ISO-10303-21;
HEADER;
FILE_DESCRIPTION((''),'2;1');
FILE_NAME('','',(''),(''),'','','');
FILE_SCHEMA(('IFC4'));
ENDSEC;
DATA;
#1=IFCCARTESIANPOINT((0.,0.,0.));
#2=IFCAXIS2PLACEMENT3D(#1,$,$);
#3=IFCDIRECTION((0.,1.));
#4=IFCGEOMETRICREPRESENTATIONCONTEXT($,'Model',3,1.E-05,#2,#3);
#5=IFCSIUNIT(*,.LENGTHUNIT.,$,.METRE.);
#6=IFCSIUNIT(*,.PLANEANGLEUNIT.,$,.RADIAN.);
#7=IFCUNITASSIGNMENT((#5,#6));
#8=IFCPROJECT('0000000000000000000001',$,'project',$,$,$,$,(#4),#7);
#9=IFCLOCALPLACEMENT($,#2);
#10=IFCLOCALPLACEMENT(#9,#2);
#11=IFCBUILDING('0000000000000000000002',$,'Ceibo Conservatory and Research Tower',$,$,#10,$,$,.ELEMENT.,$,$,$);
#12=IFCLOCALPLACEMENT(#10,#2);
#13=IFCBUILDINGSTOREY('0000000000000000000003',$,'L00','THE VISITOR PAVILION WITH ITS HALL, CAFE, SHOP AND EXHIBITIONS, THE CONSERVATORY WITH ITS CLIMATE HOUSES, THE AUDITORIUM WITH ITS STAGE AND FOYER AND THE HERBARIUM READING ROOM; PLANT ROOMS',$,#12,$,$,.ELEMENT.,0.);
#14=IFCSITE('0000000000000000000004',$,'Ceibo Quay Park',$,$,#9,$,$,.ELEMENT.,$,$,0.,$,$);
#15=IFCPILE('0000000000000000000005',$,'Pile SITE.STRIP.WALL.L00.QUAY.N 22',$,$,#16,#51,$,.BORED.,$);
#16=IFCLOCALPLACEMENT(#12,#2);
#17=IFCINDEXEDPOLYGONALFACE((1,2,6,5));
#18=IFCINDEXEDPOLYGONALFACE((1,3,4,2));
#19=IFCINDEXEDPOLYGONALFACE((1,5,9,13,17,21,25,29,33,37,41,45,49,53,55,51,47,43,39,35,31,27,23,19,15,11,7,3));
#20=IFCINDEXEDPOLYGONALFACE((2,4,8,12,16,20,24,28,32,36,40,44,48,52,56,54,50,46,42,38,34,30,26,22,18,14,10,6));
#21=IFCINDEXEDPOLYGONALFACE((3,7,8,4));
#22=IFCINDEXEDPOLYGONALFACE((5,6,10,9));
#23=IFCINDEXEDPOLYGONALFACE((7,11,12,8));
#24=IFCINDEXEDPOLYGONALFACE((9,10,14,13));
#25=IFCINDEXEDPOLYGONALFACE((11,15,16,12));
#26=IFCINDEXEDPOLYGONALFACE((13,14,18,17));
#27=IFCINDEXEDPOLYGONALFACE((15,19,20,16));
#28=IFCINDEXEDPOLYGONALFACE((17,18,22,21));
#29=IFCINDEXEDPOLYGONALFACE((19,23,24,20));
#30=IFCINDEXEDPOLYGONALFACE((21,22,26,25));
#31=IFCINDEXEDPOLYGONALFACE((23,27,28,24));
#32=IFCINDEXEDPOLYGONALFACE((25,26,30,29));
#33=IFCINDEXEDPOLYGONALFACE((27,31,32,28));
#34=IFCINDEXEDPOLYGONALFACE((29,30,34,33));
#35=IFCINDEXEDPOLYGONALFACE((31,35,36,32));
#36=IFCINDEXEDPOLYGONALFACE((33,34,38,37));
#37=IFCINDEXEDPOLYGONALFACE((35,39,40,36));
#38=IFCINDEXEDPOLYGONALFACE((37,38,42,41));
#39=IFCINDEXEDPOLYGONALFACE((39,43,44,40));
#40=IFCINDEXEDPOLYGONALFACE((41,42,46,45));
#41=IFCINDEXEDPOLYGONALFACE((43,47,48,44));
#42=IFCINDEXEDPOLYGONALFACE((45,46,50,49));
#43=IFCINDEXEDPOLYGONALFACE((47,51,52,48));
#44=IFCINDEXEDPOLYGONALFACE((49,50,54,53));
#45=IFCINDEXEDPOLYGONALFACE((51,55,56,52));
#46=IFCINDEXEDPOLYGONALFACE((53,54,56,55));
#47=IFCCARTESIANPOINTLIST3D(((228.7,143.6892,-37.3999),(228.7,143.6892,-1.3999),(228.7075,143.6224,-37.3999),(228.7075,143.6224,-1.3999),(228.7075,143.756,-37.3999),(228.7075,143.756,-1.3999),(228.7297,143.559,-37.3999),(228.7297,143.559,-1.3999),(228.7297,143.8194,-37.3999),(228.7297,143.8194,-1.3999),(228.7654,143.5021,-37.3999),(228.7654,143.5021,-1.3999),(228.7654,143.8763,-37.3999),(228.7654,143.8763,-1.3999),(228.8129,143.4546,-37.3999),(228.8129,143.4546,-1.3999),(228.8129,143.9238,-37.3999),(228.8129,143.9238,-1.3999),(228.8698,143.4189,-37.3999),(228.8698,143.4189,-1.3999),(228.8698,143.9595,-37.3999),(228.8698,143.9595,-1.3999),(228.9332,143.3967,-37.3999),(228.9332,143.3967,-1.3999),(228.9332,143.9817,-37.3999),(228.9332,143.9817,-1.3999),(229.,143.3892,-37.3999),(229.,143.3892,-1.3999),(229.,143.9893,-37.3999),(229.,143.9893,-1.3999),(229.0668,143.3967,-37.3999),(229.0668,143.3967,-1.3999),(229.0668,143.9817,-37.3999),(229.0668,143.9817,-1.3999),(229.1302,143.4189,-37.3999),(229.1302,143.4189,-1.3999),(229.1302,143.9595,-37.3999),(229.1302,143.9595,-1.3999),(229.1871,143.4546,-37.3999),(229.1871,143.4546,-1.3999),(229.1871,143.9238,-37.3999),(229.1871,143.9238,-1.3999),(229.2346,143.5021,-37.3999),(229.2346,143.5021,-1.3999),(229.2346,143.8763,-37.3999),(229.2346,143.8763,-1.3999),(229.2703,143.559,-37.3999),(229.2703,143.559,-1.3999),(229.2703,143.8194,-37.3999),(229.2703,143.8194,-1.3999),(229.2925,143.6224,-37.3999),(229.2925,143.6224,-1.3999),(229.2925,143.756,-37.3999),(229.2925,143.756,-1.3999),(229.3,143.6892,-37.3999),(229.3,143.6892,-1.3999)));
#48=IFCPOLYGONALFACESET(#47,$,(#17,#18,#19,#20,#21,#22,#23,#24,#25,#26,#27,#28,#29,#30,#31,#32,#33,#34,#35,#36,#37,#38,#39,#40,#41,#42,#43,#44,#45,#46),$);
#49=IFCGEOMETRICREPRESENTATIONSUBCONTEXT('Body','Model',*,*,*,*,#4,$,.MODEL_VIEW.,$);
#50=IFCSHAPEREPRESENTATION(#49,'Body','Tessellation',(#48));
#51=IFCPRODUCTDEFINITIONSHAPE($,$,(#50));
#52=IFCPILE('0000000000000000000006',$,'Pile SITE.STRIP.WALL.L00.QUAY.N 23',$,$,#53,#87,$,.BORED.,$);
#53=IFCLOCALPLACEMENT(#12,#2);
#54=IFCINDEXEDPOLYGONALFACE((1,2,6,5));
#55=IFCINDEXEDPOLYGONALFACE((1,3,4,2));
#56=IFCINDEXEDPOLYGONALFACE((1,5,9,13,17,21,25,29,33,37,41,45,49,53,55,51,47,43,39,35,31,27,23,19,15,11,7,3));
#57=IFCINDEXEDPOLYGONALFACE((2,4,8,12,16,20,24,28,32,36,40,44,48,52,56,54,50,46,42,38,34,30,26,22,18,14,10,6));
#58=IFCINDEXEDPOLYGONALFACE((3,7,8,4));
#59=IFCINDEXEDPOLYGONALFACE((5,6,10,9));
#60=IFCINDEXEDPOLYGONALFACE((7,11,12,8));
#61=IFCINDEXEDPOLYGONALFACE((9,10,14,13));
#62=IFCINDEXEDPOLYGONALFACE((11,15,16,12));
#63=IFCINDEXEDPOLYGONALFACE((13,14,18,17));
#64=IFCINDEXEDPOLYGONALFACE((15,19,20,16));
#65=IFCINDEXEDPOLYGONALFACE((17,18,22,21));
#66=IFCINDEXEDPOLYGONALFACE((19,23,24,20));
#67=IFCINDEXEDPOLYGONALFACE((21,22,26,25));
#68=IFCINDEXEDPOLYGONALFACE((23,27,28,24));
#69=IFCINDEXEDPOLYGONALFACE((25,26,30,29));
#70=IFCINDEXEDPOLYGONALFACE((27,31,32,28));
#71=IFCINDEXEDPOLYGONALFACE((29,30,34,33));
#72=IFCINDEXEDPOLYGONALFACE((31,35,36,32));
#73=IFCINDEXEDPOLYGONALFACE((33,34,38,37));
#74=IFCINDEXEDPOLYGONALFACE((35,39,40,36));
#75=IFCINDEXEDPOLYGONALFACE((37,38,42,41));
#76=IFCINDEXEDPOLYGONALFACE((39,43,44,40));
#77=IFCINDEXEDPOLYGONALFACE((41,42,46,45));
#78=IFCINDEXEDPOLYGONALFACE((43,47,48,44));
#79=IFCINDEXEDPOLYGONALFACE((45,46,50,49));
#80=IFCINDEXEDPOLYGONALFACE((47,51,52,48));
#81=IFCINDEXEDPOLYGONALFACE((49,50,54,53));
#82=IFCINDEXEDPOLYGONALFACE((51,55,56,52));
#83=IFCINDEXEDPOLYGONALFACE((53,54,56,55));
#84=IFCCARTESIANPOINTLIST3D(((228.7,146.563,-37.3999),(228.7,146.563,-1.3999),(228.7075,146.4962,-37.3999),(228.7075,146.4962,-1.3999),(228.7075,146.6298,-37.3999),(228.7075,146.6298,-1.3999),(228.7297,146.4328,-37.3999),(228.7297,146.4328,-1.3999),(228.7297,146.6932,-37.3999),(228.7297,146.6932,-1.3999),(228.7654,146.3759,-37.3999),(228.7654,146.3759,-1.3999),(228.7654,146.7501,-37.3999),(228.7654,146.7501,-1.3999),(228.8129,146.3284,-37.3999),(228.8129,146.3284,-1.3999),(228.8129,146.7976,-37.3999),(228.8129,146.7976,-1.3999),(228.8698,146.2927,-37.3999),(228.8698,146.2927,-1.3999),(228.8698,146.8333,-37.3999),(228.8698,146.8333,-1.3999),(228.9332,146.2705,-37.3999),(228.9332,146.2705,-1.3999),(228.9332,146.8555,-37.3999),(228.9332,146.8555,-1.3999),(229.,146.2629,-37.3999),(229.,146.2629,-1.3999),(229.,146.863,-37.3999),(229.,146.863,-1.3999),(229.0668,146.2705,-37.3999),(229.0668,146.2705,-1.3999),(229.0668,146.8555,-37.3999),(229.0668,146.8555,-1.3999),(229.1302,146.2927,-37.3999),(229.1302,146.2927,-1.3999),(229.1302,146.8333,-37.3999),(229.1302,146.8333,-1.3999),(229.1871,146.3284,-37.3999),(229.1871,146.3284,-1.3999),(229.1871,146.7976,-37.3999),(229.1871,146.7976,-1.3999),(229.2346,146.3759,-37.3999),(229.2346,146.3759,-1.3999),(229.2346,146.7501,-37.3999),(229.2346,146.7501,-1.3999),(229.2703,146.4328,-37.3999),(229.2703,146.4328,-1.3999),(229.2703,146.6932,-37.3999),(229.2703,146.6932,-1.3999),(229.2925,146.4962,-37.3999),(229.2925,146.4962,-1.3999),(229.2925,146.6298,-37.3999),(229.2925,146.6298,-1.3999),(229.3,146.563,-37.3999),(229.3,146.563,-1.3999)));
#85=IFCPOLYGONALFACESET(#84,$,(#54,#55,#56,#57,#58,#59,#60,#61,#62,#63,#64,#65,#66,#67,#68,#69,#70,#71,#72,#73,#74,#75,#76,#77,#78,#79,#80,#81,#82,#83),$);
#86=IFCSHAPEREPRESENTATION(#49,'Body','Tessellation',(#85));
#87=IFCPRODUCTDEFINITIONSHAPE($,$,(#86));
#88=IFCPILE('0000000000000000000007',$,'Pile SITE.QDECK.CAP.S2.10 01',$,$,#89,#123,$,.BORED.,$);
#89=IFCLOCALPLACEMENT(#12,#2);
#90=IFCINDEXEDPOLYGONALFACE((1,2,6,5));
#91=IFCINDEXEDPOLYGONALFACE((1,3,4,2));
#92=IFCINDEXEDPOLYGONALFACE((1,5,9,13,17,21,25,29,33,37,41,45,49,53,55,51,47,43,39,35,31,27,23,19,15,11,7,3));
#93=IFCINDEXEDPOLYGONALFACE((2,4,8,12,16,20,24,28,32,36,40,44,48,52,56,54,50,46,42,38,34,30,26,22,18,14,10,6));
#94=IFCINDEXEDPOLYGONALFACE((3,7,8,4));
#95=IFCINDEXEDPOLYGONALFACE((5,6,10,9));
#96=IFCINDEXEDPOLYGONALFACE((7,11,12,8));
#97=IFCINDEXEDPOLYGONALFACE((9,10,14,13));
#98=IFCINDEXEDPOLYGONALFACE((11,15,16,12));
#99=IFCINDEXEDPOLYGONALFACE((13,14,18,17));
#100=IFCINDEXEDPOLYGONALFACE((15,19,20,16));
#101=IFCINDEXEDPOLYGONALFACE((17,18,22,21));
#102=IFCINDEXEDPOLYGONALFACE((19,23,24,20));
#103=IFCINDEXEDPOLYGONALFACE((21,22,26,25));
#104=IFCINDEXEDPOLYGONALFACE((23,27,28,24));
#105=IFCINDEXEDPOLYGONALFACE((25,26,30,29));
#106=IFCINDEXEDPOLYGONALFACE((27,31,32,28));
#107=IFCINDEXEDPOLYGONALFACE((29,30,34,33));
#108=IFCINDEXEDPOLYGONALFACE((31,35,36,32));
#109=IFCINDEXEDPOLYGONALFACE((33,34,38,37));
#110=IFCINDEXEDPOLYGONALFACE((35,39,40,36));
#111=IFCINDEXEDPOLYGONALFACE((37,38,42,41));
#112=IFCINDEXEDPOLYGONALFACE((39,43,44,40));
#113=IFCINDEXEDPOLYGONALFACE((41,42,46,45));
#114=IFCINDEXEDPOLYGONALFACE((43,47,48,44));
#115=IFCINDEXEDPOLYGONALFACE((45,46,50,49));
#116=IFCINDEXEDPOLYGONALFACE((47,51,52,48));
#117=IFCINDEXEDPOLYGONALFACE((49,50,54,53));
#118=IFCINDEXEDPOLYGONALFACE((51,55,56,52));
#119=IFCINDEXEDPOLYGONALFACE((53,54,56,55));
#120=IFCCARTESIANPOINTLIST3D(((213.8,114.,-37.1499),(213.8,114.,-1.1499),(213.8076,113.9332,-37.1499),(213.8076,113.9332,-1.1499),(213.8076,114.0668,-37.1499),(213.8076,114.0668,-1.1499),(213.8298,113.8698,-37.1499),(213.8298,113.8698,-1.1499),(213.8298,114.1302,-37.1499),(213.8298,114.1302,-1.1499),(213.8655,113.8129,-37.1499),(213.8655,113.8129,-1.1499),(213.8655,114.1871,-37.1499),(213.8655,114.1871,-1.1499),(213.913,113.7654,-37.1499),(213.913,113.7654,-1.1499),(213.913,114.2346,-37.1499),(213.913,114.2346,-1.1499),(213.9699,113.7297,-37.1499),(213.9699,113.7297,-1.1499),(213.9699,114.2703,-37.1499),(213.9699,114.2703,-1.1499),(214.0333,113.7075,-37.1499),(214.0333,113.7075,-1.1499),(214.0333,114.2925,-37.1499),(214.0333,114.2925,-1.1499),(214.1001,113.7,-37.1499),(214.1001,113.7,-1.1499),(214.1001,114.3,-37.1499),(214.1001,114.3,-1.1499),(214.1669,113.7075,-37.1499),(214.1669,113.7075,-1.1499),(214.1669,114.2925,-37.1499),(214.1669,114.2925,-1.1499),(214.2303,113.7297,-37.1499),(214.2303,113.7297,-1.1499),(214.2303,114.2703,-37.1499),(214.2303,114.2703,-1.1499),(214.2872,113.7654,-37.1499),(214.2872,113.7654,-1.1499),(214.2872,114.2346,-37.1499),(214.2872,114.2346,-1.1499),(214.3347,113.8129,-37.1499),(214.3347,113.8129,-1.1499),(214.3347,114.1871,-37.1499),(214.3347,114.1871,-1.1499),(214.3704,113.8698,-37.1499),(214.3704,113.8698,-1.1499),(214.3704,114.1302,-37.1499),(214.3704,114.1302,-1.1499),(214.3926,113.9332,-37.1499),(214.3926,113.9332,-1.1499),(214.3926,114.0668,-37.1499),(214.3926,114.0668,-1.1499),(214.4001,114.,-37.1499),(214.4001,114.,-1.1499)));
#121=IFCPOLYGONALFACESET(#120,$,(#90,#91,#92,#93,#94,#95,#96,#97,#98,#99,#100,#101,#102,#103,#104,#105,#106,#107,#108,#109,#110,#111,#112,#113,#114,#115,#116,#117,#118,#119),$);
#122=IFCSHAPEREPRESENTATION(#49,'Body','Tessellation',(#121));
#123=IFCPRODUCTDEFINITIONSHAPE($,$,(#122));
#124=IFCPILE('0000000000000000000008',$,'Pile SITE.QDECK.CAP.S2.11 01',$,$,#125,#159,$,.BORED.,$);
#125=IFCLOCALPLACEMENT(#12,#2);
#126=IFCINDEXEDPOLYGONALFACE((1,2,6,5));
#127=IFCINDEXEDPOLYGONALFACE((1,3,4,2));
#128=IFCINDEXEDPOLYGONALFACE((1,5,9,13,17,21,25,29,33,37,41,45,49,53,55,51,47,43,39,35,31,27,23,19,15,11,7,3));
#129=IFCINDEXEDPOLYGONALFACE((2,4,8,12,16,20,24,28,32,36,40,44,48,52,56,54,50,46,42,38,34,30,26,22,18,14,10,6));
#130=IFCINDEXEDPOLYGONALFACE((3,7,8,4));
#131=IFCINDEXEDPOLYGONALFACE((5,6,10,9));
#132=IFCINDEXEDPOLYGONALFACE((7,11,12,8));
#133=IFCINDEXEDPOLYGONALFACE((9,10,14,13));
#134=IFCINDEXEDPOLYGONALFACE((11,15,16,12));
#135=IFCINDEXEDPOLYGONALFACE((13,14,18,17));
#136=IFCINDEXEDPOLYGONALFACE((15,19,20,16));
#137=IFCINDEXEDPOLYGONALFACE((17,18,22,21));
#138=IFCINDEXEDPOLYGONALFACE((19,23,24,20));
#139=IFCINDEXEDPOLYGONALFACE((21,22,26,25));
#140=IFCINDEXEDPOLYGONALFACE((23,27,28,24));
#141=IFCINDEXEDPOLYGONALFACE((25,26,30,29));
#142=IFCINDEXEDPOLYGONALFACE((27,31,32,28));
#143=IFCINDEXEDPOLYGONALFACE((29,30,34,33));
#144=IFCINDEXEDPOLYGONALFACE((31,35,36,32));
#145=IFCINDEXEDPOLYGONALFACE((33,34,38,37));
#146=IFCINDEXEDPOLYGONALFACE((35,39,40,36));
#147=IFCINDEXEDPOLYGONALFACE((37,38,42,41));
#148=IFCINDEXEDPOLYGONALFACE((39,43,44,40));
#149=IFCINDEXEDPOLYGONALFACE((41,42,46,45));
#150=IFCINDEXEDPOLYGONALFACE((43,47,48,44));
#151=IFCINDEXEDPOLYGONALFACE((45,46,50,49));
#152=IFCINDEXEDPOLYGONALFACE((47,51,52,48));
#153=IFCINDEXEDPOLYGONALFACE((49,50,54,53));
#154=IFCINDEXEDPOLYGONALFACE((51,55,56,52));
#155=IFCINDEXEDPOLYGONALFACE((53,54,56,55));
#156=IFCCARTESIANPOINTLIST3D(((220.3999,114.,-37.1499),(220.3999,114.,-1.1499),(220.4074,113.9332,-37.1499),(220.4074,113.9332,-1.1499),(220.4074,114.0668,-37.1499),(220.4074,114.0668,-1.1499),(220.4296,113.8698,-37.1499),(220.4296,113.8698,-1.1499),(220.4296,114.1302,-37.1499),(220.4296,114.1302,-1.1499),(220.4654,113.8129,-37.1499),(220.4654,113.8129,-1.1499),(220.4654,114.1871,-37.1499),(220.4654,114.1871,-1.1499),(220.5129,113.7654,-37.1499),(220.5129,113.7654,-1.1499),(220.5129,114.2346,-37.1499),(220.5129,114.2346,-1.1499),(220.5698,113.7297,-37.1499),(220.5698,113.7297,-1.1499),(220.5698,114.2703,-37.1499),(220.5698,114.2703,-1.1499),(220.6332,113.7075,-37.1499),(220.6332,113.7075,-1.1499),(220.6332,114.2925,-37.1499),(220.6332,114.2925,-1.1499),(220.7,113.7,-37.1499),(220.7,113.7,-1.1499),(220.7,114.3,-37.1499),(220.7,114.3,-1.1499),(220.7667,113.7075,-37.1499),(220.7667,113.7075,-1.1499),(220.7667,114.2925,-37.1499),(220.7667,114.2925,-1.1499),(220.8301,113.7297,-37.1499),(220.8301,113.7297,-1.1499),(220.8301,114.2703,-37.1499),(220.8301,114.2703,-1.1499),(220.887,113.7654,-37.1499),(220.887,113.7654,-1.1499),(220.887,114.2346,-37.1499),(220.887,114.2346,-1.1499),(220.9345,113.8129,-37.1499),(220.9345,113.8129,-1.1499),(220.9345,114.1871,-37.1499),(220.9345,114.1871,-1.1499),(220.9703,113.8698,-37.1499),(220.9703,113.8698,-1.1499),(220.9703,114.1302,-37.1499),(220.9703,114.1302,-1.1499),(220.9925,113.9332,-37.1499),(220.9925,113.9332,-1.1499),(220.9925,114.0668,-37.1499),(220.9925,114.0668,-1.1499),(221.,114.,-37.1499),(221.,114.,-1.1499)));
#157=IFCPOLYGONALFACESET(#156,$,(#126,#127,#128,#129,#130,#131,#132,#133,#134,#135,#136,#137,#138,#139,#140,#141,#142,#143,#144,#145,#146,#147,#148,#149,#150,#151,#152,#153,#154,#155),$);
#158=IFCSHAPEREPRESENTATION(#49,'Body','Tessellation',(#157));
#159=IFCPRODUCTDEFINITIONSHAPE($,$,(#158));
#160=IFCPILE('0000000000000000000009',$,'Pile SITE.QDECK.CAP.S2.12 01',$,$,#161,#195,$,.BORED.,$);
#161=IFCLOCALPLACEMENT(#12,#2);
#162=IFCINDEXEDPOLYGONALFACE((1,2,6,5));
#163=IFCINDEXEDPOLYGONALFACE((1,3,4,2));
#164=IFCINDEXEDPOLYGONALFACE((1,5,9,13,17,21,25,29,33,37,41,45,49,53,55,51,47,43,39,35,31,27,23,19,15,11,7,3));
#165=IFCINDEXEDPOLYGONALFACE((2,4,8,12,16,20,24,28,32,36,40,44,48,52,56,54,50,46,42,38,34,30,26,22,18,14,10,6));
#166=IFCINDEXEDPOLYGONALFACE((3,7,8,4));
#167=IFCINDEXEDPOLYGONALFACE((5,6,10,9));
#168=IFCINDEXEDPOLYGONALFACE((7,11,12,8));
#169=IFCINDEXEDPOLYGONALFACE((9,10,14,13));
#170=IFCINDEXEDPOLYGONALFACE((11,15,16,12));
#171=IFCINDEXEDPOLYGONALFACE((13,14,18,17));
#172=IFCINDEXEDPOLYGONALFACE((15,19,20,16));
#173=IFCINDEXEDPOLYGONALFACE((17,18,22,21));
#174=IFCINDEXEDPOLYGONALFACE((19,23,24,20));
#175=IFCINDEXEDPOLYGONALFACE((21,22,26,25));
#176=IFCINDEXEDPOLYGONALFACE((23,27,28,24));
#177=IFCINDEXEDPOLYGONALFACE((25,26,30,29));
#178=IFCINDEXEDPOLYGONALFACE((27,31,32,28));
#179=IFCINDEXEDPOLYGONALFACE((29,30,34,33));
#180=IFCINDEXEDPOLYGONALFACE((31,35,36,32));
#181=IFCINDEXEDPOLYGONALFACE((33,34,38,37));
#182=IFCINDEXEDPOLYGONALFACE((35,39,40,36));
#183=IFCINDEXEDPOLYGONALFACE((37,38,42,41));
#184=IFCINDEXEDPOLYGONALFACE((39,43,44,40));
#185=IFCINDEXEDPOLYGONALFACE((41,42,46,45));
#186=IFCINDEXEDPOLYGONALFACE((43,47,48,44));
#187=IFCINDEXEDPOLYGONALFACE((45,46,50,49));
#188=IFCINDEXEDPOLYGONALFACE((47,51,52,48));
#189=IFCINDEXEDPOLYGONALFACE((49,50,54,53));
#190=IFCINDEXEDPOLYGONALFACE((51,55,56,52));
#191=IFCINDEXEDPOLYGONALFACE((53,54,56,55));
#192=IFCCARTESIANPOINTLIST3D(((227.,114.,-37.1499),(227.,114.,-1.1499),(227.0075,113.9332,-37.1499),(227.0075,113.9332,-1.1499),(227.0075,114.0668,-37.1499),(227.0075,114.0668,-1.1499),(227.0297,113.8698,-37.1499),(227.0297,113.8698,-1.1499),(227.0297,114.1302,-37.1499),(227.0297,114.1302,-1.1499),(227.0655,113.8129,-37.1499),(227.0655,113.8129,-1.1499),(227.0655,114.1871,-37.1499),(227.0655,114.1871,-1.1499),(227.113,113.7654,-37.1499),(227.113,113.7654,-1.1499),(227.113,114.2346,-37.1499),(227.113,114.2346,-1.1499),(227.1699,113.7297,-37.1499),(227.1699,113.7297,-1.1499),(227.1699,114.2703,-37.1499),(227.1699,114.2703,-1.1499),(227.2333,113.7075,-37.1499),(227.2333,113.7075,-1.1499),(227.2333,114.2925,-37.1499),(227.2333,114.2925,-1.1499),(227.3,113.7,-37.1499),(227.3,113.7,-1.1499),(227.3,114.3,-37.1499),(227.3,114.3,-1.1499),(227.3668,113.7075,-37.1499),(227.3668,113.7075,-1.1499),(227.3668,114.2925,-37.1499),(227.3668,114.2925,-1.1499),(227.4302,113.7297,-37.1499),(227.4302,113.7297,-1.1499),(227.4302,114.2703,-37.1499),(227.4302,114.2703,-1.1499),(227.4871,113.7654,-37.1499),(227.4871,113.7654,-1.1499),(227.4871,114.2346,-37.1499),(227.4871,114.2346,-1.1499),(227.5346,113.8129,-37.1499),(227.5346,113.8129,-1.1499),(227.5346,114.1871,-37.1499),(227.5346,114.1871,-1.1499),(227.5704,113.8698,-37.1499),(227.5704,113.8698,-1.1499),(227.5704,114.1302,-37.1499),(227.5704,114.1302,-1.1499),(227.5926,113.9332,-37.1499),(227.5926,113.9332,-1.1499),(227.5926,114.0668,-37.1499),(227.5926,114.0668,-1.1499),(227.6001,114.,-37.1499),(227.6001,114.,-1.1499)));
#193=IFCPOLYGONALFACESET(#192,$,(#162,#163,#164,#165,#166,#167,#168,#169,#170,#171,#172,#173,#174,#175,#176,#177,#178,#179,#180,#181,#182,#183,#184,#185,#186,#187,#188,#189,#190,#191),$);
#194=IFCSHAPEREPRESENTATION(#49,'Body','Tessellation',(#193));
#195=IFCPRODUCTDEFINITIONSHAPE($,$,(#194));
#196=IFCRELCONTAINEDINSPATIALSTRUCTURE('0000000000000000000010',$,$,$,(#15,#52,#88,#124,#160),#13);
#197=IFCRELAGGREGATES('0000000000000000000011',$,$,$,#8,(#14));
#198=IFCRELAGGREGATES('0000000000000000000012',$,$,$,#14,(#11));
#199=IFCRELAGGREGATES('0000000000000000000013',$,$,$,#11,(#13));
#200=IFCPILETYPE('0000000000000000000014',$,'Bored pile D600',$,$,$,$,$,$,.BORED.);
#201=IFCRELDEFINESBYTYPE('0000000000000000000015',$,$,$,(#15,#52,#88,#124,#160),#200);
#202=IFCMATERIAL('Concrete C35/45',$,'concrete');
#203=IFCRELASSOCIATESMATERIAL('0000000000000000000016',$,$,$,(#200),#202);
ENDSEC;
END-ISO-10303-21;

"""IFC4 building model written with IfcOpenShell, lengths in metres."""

from ifc_helpers import new_model, si_unit, direction, frame, origin, origin_2d, place, context, subcontext, project, spatial, circle, extrude, material, material_profile, profile_set, type_object, element, save


model = new_model("IFC4")

# Units and contexts
model_context = context("Model", 3, precision=1e-05, world=origin(), true_north=direction((0.0, 1.0)))
body_context = subcontext(model_context, "Body", "Model", "MODEL_VIEW")
ifc_project = project(units=[si_unit("LENGTHUNIT", "METRE"), si_unit("PLANEANGLEUNIT", "RADIAN")], contexts=[model_context])

# Site, building, storey
site_placement = place(None, origin())
site = spatial("IfcSite", under=ifc_project, at=site_placement, Name="Ceibo Quay Park", CompositionType="ELEMENT", RefElevation=0.0)
building_placement = place(site_placement, origin())
building = spatial("IfcBuilding", under=site, at=building_placement, Name="Ceibo Conservatory and Research Tower", CompositionType="ELEMENT")
storey_placement = place(building_placement, origin())
storey = spatial("IfcBuildingStorey", under=building, at=storey_placement, Name="L00", Description="THE VISITOR PAVILION WITH ITS HALL, CAFE, SHOP AND EXHIBITIONS, THE CONSERVATORY WITH ITS CLIMATE HOUSES, THE AUDITORIUM WITH ITS STAGE AND FOYER AND THE HERBARIUM READING ROOM; PLANT ROOMS", CompositionType="ELEMENT", Elevation=0.0)

# Piles
ifc_material = material(Name="Concrete C35/45", Category="concrete")
ifc_material_profile = material_profile(ifc_material, circle(Radius=0.3, at=origin_2d()), Name="RC D600")
ifc_profile_set = profile_set([ifc_material_profile], Name="Concrete C35/45")
pile_type = type_object("IfcPileType", Name="Bored pile D600", PredefinedType="BORED", material=ifc_profile_set)
for number, where, z_axis, x_axis, name in (
    (1, (229.0, 143.6892, -1.3999), (0.0, 0.0, -1.0), (1.0, 0.0, 0.0), "Pile SITE.STRIP.WALL.L00.QUAY.N 22"),
    (2, (229.0, 146.563, -1.3999), (0.0, 0.0, -1.0), (1.0, 0.0, 0.0), "Pile SITE.STRIP.WALL.L00.QUAY.N 23"),
    (3, (214.1001, 114.0, -1.1499), (0.0, 0.0, -1.0), (1.0, 0.0, 0.0), "Pile SITE.QDECK.CAP.S2.10 01"),
    (4, (220.7, 114.0, -1.1499), (0.0, 0.0, -1.0), (1.0, 0.0, 0.0), "Pile SITE.QDECK.CAP.S2.11 01"),
    (5, (227.3, 114.0, -1.1499), (0.0, 0.0, -1.0), (1.0, 0.0, 0.0), "Pile SITE.QDECK.CAP.S2.12 01"),
):
    element("IfcPile", number, at=place(storey_placement, frame(where, z_axis=z_axis, x_axis=x_axis)), inside=storey, type_object=pile_type, Name=name, PredefinedType="BORED", context=body_context, shape_type="SweptSolid", body=[
        extrude(circle(Radius=0.3, at=origin_2d()), origin(), (0.0, 0.0, 1.0), 36.0),
    ])

save(model, "model.ifc")
